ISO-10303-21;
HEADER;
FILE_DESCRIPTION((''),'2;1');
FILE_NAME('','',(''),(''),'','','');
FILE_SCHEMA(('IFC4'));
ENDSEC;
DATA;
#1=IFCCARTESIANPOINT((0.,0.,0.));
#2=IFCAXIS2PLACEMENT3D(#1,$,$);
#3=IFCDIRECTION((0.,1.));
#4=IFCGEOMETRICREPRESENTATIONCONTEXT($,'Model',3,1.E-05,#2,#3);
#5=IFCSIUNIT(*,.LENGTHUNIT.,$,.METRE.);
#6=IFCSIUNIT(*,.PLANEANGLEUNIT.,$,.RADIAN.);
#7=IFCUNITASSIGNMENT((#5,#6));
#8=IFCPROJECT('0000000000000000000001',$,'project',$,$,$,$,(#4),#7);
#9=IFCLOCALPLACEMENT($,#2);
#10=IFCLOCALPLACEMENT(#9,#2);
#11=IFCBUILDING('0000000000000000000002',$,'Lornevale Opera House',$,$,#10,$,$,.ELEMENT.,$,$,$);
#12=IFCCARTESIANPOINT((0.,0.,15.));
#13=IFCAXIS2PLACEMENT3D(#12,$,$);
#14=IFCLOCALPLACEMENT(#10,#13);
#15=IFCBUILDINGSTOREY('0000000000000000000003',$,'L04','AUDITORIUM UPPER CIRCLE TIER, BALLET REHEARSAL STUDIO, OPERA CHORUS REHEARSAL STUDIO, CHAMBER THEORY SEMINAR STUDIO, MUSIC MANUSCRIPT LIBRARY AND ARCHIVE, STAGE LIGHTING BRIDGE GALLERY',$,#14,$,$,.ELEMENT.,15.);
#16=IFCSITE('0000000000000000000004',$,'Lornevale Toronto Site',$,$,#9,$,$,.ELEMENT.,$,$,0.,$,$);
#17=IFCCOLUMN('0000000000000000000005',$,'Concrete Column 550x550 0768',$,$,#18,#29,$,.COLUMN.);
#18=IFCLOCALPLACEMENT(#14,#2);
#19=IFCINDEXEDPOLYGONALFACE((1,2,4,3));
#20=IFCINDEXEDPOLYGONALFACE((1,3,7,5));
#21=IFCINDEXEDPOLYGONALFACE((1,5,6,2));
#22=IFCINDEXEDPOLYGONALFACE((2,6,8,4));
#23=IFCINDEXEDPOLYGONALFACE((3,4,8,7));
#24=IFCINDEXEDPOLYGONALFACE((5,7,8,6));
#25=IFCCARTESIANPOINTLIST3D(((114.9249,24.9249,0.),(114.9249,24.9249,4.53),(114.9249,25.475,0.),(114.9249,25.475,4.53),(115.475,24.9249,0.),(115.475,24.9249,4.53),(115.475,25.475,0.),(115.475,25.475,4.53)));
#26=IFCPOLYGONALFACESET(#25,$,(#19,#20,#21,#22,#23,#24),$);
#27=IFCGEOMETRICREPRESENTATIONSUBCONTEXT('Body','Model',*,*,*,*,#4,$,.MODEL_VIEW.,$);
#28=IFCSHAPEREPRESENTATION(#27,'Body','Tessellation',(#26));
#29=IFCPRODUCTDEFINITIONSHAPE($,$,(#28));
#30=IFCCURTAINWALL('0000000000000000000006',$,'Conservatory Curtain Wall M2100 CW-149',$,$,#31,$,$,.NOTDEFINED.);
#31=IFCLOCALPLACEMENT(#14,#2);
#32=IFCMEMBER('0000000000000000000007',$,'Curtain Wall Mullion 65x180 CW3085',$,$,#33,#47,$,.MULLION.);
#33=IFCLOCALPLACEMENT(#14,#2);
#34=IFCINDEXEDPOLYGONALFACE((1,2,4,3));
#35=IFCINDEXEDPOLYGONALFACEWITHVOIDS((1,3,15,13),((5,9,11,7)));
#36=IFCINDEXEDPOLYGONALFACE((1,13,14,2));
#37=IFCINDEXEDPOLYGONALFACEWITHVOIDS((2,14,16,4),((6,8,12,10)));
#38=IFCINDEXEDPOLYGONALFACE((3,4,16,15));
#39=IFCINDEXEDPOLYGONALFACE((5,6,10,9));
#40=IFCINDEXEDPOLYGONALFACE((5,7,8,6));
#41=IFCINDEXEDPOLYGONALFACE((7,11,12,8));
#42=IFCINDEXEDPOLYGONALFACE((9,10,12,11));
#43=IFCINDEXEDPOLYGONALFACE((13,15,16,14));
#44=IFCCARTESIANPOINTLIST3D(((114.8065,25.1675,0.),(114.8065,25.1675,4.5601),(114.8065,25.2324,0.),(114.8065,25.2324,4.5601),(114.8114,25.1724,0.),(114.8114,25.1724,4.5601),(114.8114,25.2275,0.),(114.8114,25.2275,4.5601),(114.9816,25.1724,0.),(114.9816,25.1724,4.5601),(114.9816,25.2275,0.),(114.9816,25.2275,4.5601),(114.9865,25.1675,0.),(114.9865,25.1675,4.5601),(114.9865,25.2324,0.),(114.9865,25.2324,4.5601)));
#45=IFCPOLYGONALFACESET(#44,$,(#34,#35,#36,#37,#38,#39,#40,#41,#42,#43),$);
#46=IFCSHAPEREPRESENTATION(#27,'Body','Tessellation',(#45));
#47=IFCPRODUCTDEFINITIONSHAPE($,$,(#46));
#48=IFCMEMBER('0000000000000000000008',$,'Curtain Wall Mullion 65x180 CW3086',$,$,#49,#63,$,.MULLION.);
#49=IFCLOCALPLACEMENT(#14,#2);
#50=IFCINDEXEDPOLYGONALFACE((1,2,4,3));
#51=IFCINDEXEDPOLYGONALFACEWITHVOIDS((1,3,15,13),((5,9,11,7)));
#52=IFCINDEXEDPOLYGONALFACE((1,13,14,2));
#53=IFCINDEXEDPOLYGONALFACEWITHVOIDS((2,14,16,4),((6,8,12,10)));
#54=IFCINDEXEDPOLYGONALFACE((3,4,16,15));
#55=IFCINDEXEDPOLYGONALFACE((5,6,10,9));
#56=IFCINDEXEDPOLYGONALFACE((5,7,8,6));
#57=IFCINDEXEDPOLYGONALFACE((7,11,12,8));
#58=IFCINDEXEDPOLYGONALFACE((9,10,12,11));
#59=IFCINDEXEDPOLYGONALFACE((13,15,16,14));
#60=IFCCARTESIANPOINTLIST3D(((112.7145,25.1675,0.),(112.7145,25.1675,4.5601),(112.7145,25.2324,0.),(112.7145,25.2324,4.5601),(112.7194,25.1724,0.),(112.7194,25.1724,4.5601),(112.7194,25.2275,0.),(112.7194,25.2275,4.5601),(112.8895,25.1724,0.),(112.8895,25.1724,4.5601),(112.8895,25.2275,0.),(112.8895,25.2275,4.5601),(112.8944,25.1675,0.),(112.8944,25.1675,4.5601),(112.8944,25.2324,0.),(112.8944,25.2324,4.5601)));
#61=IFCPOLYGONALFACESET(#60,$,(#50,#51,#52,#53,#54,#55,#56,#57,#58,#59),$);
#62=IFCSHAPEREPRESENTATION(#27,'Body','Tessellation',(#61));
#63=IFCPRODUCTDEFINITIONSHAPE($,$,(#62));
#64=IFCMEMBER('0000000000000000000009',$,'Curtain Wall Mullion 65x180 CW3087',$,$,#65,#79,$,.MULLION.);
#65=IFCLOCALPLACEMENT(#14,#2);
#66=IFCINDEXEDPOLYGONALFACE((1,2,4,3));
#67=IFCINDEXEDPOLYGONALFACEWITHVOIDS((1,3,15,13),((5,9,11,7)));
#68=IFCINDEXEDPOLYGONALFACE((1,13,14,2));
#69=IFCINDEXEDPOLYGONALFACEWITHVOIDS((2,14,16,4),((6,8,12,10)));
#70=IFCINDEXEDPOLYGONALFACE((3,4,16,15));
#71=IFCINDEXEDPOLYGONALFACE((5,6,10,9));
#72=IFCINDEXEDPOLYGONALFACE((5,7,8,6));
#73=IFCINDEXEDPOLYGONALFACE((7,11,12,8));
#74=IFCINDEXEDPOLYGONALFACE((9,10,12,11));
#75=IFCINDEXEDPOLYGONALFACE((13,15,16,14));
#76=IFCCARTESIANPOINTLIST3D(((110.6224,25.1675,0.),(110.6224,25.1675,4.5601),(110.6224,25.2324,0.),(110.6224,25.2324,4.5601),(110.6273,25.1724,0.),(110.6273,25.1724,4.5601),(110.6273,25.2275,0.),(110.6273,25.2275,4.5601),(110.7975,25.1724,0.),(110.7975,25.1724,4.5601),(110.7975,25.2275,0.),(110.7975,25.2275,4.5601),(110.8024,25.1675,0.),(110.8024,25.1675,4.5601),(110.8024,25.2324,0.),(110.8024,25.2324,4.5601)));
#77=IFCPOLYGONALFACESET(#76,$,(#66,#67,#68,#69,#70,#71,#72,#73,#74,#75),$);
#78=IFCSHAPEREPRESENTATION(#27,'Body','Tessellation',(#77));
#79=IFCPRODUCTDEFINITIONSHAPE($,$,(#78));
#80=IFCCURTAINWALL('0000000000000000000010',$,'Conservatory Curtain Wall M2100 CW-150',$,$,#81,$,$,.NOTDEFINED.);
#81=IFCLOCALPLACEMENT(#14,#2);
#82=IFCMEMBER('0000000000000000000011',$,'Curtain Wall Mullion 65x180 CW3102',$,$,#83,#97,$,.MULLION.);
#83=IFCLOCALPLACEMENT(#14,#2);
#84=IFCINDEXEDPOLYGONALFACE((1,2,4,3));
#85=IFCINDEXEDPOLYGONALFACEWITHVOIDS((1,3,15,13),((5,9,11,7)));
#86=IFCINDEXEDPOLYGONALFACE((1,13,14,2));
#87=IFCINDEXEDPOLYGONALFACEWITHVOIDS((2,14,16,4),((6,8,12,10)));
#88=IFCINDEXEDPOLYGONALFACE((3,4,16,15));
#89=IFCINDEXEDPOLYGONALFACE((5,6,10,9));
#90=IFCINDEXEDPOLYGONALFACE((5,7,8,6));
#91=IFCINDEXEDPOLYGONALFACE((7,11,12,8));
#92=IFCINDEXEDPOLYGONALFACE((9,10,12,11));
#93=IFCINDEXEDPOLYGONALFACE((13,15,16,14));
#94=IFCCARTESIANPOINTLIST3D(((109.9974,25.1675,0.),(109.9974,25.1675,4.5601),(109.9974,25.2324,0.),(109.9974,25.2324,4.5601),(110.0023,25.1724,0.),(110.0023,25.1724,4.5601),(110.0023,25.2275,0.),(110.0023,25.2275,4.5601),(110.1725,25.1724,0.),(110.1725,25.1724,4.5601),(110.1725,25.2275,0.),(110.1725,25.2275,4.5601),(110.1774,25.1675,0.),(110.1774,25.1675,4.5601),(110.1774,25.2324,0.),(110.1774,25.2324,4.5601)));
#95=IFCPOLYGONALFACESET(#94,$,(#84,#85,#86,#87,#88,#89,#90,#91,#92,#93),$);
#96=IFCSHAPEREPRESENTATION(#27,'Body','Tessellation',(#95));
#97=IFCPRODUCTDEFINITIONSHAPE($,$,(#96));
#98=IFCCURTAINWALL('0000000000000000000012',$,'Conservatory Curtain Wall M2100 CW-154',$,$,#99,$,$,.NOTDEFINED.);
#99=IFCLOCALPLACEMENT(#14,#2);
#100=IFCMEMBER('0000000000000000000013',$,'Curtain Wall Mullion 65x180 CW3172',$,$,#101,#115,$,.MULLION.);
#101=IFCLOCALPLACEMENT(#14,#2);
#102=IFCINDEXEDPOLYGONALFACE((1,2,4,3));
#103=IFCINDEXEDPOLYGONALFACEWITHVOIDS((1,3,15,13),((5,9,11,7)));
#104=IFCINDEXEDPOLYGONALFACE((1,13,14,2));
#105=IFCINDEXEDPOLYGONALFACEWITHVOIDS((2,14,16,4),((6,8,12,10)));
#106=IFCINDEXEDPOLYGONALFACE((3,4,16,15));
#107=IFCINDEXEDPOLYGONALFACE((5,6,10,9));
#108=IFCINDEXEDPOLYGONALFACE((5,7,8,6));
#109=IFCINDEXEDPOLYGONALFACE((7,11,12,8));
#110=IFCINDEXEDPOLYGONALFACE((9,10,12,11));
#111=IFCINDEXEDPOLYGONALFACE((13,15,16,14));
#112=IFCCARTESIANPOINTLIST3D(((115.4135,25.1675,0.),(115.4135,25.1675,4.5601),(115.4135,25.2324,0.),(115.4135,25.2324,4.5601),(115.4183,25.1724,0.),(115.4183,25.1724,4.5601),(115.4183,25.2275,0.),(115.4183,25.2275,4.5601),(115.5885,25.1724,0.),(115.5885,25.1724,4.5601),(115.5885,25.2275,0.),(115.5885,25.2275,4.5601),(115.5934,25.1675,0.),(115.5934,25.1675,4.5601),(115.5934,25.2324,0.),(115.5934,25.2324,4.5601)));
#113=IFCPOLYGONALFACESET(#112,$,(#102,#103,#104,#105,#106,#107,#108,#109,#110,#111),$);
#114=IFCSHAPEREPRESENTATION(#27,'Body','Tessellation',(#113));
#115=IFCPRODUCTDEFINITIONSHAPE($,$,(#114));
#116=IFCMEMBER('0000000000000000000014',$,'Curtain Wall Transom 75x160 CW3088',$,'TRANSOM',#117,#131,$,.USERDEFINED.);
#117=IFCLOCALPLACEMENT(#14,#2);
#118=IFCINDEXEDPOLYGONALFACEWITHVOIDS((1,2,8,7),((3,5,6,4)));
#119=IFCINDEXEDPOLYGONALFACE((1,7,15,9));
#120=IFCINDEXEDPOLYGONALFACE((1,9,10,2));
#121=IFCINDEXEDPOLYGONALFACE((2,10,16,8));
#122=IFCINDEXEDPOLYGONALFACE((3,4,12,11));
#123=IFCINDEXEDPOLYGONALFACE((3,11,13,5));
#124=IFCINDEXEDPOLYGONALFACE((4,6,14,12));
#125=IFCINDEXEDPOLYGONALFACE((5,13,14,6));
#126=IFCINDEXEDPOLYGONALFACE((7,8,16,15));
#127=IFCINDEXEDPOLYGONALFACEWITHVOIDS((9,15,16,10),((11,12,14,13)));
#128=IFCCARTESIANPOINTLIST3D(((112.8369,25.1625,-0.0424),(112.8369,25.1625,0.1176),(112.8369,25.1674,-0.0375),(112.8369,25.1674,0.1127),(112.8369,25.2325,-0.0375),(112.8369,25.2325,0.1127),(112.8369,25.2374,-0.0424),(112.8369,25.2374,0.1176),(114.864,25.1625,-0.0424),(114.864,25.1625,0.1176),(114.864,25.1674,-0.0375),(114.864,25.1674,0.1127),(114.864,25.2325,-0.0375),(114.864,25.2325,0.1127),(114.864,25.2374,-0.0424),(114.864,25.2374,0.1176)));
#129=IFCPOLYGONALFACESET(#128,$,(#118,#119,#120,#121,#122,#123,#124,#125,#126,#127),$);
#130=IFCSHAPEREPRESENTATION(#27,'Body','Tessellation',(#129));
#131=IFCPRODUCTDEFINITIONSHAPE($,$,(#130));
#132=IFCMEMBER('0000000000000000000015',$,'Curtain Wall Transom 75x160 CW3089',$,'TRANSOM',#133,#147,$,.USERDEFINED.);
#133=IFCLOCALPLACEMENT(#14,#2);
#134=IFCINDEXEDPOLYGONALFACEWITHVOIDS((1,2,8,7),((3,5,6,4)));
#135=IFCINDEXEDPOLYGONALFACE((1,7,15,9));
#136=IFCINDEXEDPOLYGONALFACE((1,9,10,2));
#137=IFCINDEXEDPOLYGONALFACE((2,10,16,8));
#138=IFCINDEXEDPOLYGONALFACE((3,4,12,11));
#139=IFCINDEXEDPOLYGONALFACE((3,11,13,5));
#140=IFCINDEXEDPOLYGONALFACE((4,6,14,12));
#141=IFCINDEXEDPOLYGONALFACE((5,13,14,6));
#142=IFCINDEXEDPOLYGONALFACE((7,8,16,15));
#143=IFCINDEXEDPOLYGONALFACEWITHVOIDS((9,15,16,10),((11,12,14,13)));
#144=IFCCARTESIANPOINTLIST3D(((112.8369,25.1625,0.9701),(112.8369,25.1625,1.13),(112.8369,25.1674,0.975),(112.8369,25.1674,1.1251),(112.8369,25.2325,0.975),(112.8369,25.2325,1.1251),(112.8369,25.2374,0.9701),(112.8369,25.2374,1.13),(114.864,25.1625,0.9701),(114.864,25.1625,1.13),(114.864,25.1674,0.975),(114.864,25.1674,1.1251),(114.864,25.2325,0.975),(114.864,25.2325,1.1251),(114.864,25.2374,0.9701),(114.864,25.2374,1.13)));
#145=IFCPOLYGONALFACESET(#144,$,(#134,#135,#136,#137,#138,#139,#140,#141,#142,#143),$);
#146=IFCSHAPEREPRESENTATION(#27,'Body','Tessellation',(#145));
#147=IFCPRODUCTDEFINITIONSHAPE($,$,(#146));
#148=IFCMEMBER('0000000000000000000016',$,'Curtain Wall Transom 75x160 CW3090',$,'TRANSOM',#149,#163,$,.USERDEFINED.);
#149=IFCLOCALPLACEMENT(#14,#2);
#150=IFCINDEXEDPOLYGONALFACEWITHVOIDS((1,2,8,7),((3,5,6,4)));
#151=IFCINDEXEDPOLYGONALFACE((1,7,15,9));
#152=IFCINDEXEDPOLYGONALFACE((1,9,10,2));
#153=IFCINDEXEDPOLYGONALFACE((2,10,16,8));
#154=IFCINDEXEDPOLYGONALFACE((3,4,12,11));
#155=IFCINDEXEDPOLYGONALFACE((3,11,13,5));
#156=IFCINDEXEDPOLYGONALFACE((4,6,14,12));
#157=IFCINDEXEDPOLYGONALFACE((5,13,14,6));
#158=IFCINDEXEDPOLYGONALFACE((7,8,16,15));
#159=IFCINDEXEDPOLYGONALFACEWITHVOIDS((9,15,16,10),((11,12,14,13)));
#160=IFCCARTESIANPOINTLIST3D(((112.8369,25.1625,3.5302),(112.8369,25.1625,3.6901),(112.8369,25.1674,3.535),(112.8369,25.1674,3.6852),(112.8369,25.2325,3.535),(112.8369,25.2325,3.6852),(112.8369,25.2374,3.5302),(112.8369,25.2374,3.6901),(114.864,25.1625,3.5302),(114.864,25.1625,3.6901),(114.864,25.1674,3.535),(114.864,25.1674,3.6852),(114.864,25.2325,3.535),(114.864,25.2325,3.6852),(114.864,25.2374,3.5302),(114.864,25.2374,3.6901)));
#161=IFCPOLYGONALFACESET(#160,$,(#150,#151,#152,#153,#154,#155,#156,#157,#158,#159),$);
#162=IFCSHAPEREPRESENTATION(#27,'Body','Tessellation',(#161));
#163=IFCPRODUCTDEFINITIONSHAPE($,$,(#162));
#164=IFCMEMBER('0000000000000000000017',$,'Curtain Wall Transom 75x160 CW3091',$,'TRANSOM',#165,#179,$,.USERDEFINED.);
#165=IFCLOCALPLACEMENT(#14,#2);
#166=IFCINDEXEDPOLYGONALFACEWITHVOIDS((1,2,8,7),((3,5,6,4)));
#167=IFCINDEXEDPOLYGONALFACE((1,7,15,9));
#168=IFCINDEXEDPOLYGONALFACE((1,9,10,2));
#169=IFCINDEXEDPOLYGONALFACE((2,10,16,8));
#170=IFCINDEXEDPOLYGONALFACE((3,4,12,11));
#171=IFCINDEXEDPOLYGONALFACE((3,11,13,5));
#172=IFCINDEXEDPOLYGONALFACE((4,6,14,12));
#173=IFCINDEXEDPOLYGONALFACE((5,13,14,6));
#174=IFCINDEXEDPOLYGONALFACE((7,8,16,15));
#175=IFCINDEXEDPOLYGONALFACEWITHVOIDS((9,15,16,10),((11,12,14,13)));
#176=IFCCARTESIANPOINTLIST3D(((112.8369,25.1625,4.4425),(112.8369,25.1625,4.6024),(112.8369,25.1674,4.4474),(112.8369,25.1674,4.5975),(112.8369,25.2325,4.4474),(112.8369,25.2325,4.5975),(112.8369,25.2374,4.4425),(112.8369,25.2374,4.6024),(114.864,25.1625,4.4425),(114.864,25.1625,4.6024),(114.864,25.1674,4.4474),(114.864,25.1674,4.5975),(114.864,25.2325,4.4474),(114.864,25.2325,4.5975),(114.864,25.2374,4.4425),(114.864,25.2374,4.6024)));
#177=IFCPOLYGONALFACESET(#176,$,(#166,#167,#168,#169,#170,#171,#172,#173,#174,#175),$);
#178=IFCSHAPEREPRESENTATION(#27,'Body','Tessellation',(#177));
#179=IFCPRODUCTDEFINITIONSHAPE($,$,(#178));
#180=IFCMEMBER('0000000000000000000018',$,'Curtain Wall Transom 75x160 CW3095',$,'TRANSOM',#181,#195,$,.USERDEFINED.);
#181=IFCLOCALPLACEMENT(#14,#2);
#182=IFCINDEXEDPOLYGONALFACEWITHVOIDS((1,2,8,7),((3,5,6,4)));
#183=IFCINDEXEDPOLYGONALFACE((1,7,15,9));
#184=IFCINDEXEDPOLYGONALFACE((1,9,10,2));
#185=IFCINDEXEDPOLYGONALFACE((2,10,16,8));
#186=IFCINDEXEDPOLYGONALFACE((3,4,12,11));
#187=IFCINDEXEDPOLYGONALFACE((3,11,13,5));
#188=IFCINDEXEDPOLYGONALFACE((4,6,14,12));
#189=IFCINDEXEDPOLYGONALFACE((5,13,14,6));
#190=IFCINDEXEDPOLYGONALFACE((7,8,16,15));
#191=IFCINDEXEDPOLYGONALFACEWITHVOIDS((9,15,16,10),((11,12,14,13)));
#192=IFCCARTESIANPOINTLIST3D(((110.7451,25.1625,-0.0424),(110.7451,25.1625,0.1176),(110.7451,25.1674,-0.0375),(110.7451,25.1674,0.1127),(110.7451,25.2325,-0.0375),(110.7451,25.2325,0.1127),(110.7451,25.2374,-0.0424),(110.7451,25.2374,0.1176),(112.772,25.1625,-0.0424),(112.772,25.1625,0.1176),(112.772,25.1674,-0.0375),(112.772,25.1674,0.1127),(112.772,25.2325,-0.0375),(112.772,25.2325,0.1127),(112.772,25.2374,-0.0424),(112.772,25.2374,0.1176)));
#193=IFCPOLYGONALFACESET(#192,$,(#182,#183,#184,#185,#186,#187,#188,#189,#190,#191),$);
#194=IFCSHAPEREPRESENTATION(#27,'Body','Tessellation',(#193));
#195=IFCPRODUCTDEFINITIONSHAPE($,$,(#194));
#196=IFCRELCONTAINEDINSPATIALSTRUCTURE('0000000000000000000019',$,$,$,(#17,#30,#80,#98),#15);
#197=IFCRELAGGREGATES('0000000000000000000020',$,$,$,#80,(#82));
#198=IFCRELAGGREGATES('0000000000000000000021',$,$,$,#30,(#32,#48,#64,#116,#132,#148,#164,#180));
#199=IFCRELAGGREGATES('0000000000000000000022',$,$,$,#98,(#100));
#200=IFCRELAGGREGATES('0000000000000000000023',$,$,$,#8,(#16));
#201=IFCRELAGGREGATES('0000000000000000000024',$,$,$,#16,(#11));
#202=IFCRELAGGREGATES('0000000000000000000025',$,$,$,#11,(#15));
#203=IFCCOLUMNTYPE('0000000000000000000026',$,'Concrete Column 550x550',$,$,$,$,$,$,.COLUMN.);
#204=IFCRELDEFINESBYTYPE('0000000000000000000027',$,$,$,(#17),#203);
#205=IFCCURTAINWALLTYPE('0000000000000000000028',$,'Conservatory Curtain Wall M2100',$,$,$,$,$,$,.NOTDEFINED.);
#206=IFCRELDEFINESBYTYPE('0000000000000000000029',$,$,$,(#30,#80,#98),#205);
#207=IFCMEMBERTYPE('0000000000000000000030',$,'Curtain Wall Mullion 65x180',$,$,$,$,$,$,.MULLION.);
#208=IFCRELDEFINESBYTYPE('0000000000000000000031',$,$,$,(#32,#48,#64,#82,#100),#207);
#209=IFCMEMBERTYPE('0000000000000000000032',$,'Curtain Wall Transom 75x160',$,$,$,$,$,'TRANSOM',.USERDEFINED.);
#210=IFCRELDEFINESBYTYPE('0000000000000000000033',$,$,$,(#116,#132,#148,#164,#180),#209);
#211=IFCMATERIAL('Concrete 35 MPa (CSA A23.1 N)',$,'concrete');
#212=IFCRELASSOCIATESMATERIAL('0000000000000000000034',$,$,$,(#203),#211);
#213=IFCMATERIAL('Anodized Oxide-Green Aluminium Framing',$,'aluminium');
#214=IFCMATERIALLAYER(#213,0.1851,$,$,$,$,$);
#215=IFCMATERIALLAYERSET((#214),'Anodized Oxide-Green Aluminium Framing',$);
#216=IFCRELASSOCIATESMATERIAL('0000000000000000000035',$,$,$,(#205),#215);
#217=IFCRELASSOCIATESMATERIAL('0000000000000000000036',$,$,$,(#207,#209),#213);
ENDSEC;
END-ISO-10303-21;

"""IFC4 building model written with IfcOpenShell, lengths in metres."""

from ifc_helpers import new_model, si_unit, direction, frame, origin, origin_2d, place, context, subcontext, project, spatial, rectangle, hollow_rectangle, extrude, material, layer, layer_set, material_profile, profile_set, type_object, element, aggregate, save


model = new_model("IFC4")

# Units and contexts
model_context = context("Model", 3, precision=1e-05, world=origin(), true_north=direction((0.0, 1.0)))
body_context = subcontext(model_context, "Body", "Model", "MODEL_VIEW")
ifc_project = project(units=[si_unit("LENGTHUNIT", "METRE"), si_unit("PLANEANGLEUNIT", "RADIAN")], contexts=[model_context])

# Site, building, storey
site_placement = place(None, origin())
site = spatial("IfcSite", under=ifc_project, at=site_placement, Name="Lornevale Toronto Site", CompositionType="ELEMENT", RefElevation=0.0)
building_placement = place(site_placement, origin())
building = spatial("IfcBuilding", under=site, at=building_placement, Name="Lornevale Opera House", CompositionType="ELEMENT")
storey_placement = place(building_placement, frame((0.0, 0.0, 15.0)))
storey = spatial("IfcBuildingStorey", under=building, at=storey_placement, Name="L04", Description="AUDITORIUM UPPER CIRCLE TIER, BALLET REHEARSAL STUDIO, OPERA CHORUS REHEARSAL STUDIO, CHAMBER THEORY SEMINAR STUDIO, MUSIC MANUSCRIPT LIBRARY AND ARCHIVE, STAGE LIGHTING BRIDGE GALLERY", CompositionType="ELEMENT", Elevation=15.0)

# Column
ifc_material_1 = material(Name="Concrete 35 MPa (CSA A23.1 N)", Category="concrete")
ifc_material_profile_1 = material_profile(ifc_material_1, rectangle(XDim=0.55, YDim=0.55, at=origin_2d()), Name="RC550x550")
ifc_profile_set_1 = profile_set([ifc_material_profile_1], Name="Concrete 35 MPa (CSA A23.1 N)")
column_type = type_object("IfcColumnType", Name="Concrete Column 550x550", PredefinedType="COLUMN", material=ifc_profile_set_1)
column_placement = place(storey_placement, frame((115.2, 25.2, 0.0), z_axis=(0.0, 0.0, 1.0), x_axis=(1.0, 0.0, 0.0)))
element("IfcColumn", 1, at=column_placement, inside=storey, type_object=column_type, Name="Concrete Column 550x550 0768", PredefinedType="COLUMN", context=body_context, shape_type="SweptSolid", body=[
    extrude(rectangle(XDim=0.55, YDim=0.55, at=origin_2d()), origin(), (0.0, 0.0, 1.0), 4.53),
])

# Curtain wall, members
ifc_material_2 = material(Name="Anodized Oxide-Green Aluminium Framing", Category="aluminium")
ifc_layer_1 = layer(ifc_material_2, 0.1851)
ifc_layer_set_1 = layer_set([ifc_layer_1], Name="Anodized Oxide-Green Aluminium Framing")
curtain_wall_type = type_object("IfcCurtainWallType", Name="Conservatory Curtain Wall M2100", PredefinedType="NOTDEFINED", material=ifc_layer_set_1)
curtain_wall_1_placement = place(storey_placement, origin())
curtain_wall_1 = element("IfcCurtainWall", 2, at=curtain_wall_1_placement, inside=storey, type_object=curtain_wall_type, Name="Conservatory Curtain Wall M2100 CW-149", PredefinedType="NOTDEFINED")
ifc_material_profile_2 = material_profile(ifc_material_2, hollow_rectangle(XDim=0.0649, YDim=0.1799, WallThickness=0.0049, at=origin_2d()), Name="ALU65x180x5")
ifc_profile_set_2 = profile_set([ifc_material_profile_2], Name="Anodized Oxide-Green Aluminium Framing")
member_type_1 = type_object("IfcMemberType", Name="Curtain Wall Mullion 65x180", PredefinedType="MULLION", material=ifc_profile_set_2)
member_1_placement = place(storey_placement, frame((114.8965, 25.2, 0.0), z_axis=(0.0, 0.0, 1.0), x_axis=(0.0, -1.0, 0.0)))
member_1 = element("IfcMember", 3, at=member_1_placement, type_object=member_type_1, Name="Curtain Wall Mullion 65x180 CW3085", PredefinedType="MULLION", context=body_context, shape_type="SweptSolid", body=[
    extrude(hollow_rectangle(XDim=0.0649, YDim=0.1799, WallThickness=0.0049, at=origin_2d()), origin(), (0.0, 0.0, 1.0), 4.5601),
])
member_2_placement = place(storey_placement, frame((112.8044, 25.2, 0.0), z_axis=(0.0, 0.0, 1.0), x_axis=(0.0, -1.0, 0.0)))
member_2 = element("IfcMember", 4, at=member_2_placement, type_object=member_type_1, Name="Curtain Wall Mullion 65x180 CW3086", PredefinedType="MULLION", context=body_context, shape_type="SweptSolid", body=[
    extrude(hollow_rectangle(XDim=0.0649, YDim=0.1799, WallThickness=0.0049, at=origin_2d()), origin(), (0.0, 0.0, 1.0), 4.5601),
])
member_3_placement = place(storey_placement, frame((110.7124, 25.2, 0.0), z_axis=(0.0, 0.0, 1.0), x_axis=(0.0, -1.0, 0.0)))
member_3 = element("IfcMember", 5, at=member_3_placement, type_object=member_type_1, Name="Curtain Wall Mullion 65x180 CW3087", PredefinedType="MULLION", context=body_context, shape_type="SweptSolid", body=[
    extrude(hollow_rectangle(XDim=0.0649, YDim=0.1799, WallThickness=0.0049, at=origin_2d()), origin(), (0.0, 0.0, 1.0), 4.5601),
])

# Curtain walls, members
curtain_wall_2_placement = place(storey_placement, origin())
curtain_wall_2 = element("IfcCurtainWall", 6, at=curtain_wall_2_placement, inside=storey, type_object=curtain_wall_type, Name="Conservatory Curtain Wall M2100 CW-150", PredefinedType="NOTDEFINED")
member_4_placement = place(storey_placement, frame((110.0874, 25.2, 0.0), z_axis=(0.0, 0.0, 1.0), x_axis=(0.0, -1.0, 0.0)))
member_4 = element("IfcMember", 7, at=member_4_placement, type_object=member_type_1, Name="Curtain Wall Mullion 65x180 CW3102", PredefinedType="MULLION", context=body_context, shape_type="SweptSolid", body=[
    extrude(hollow_rectangle(XDim=0.0649, YDim=0.1799, WallThickness=0.0049, at=origin_2d()), origin(), (0.0, 0.0, 1.0), 4.5601),
])
curtain_wall_3_placement = place(storey_placement, origin())
curtain_wall_3 = element("IfcCurtainWall", 8, at=curtain_wall_3_placement, inside=storey, type_object=curtain_wall_type, Name="Conservatory Curtain Wall M2100 CW-154", PredefinedType="NOTDEFINED")
member_5_placement = place(storey_placement, frame((115.5034, 25.2, 0.0), z_axis=(0.0, 0.0, 1.0), x_axis=(0.0, -1.0, 0.0)))
member_5 = element("IfcMember", 9, at=member_5_placement, type_object=member_type_1, Name="Curtain Wall Mullion 65x180 CW3172", PredefinedType="MULLION", context=body_context, shape_type="SweptSolid", body=[
    extrude(hollow_rectangle(XDim=0.0649, YDim=0.1799, WallThickness=0.0049, at=origin_2d()), origin(), (0.0, 0.0, 1.0), 4.5601),
])

# Members
ifc_material_profile_3 = material_profile(ifc_material_2, hollow_rectangle(XDim=0.075, YDim=0.1599, WallThickness=0.0049, at=origin_2d()), Name="ALU75x160x5")
ifc_profile_set_3 = profile_set([ifc_material_profile_3], Name="Anodized Oxide-Green Aluminium Framing")
member_type_2 = type_object("IfcMemberType", Name="Curtain Wall Transom 75x160", ElementType="TRANSOM", PredefinedType="USERDEFINED", material=ifc_profile_set_3)
member_6_placement = place(storey_placement, frame((114.864, 25.2, 0.0376), z_axis=(-1.0, 0.0, 0.0), x_axis=(0.0, -1.0, 0.0)))
member_6 = element("IfcMember", 10, at=member_6_placement, type_object=member_type_2, Name="Curtain Wall Transom 75x160 CW3088", ObjectType="TRANSOM", PredefinedType="USERDEFINED", context=body_context, shape_type="SweptSolid", body=[
    extrude(hollow_rectangle(XDim=0.075, YDim=0.1599, WallThickness=0.0049, at=origin_2d()), origin(), (0.0, 0.0, 1.0), 2.0271),
])
member_7_placement = place(storey_placement, frame((114.864, 25.2, 1.05), z_axis=(-1.0, 0.0, 0.0), x_axis=(0.0, -1.0, 0.0)))
member_7 = element("IfcMember", 11, at=member_7_placement, type_object=member_type_2, Name="Curtain Wall Transom 75x160 CW3089", ObjectType="TRANSOM", PredefinedType="USERDEFINED", context=body_context, shape_type="SweptSolid", body=[
    extrude(hollow_rectangle(XDim=0.075, YDim=0.1599, WallThickness=0.0049, at=origin_2d()), origin(), (0.0, 0.0, 1.0), 2.0271),
])
member_8_placement = place(storey_placement, frame((114.864, 25.2, 3.6101), z_axis=(-1.0, 0.0, 0.0), x_axis=(0.0, -1.0, 0.0)))
member_8 = element("IfcMember", 12, at=member_8_placement, type_object=member_type_2, Name="Curtain Wall Transom 75x160 CW3090", ObjectType="TRANSOM", PredefinedType="USERDEFINED", context=body_context, shape_type="SweptSolid", body=[
    extrude(hollow_rectangle(XDim=0.075, YDim=0.1599, WallThickness=0.0049, at=origin_2d()), origin(), (0.0, 0.0, 1.0), 2.0271),
])
member_9_placement = place(storey_placement, frame((114.864, 25.2, 4.5225), z_axis=(-1.0, 0.0, 0.0), x_axis=(0.0, -1.0, 0.0)))
member_9 = element("IfcMember", 13, at=member_9_placement, type_object=member_type_2, Name="Curtain Wall Transom 75x160 CW3091", ObjectType="TRANSOM", PredefinedType="USERDEFINED", context=body_context, shape_type="SweptSolid", body=[
    extrude(hollow_rectangle(XDim=0.075, YDim=0.1599, WallThickness=0.0049, at=origin_2d()), origin(), (0.0, 0.0, 1.0), 2.0271),
])
member_10_placement = place(storey_placement, frame((112.772, 25.2, 0.0376), z_axis=(-1.0, 0.0, 0.0), x_axis=(0.0, -1.0, 0.0)))
member_10 = element("IfcMember", 14, at=member_10_placement, type_object=member_type_2, Name="Curtain Wall Transom 75x160 CW3095", ObjectType="TRANSOM", PredefinedType="USERDEFINED", context=body_context, shape_type="SweptSolid", body=[
    extrude(hollow_rectangle(XDim=0.075, YDim=0.1599, WallThickness=0.0049, at=origin_2d()), origin(), (0.0, 0.0, 1.0), 2.0269),
])
aggregate(curtain_wall_2, [member_4])

aggregate(curtain_wall_1, [member_1, member_2, member_3, member_6, member_7, member_8, member_9, member_10])
aggregate(curtain_wall_3, [member_5])

save(model, "model.ifc")
